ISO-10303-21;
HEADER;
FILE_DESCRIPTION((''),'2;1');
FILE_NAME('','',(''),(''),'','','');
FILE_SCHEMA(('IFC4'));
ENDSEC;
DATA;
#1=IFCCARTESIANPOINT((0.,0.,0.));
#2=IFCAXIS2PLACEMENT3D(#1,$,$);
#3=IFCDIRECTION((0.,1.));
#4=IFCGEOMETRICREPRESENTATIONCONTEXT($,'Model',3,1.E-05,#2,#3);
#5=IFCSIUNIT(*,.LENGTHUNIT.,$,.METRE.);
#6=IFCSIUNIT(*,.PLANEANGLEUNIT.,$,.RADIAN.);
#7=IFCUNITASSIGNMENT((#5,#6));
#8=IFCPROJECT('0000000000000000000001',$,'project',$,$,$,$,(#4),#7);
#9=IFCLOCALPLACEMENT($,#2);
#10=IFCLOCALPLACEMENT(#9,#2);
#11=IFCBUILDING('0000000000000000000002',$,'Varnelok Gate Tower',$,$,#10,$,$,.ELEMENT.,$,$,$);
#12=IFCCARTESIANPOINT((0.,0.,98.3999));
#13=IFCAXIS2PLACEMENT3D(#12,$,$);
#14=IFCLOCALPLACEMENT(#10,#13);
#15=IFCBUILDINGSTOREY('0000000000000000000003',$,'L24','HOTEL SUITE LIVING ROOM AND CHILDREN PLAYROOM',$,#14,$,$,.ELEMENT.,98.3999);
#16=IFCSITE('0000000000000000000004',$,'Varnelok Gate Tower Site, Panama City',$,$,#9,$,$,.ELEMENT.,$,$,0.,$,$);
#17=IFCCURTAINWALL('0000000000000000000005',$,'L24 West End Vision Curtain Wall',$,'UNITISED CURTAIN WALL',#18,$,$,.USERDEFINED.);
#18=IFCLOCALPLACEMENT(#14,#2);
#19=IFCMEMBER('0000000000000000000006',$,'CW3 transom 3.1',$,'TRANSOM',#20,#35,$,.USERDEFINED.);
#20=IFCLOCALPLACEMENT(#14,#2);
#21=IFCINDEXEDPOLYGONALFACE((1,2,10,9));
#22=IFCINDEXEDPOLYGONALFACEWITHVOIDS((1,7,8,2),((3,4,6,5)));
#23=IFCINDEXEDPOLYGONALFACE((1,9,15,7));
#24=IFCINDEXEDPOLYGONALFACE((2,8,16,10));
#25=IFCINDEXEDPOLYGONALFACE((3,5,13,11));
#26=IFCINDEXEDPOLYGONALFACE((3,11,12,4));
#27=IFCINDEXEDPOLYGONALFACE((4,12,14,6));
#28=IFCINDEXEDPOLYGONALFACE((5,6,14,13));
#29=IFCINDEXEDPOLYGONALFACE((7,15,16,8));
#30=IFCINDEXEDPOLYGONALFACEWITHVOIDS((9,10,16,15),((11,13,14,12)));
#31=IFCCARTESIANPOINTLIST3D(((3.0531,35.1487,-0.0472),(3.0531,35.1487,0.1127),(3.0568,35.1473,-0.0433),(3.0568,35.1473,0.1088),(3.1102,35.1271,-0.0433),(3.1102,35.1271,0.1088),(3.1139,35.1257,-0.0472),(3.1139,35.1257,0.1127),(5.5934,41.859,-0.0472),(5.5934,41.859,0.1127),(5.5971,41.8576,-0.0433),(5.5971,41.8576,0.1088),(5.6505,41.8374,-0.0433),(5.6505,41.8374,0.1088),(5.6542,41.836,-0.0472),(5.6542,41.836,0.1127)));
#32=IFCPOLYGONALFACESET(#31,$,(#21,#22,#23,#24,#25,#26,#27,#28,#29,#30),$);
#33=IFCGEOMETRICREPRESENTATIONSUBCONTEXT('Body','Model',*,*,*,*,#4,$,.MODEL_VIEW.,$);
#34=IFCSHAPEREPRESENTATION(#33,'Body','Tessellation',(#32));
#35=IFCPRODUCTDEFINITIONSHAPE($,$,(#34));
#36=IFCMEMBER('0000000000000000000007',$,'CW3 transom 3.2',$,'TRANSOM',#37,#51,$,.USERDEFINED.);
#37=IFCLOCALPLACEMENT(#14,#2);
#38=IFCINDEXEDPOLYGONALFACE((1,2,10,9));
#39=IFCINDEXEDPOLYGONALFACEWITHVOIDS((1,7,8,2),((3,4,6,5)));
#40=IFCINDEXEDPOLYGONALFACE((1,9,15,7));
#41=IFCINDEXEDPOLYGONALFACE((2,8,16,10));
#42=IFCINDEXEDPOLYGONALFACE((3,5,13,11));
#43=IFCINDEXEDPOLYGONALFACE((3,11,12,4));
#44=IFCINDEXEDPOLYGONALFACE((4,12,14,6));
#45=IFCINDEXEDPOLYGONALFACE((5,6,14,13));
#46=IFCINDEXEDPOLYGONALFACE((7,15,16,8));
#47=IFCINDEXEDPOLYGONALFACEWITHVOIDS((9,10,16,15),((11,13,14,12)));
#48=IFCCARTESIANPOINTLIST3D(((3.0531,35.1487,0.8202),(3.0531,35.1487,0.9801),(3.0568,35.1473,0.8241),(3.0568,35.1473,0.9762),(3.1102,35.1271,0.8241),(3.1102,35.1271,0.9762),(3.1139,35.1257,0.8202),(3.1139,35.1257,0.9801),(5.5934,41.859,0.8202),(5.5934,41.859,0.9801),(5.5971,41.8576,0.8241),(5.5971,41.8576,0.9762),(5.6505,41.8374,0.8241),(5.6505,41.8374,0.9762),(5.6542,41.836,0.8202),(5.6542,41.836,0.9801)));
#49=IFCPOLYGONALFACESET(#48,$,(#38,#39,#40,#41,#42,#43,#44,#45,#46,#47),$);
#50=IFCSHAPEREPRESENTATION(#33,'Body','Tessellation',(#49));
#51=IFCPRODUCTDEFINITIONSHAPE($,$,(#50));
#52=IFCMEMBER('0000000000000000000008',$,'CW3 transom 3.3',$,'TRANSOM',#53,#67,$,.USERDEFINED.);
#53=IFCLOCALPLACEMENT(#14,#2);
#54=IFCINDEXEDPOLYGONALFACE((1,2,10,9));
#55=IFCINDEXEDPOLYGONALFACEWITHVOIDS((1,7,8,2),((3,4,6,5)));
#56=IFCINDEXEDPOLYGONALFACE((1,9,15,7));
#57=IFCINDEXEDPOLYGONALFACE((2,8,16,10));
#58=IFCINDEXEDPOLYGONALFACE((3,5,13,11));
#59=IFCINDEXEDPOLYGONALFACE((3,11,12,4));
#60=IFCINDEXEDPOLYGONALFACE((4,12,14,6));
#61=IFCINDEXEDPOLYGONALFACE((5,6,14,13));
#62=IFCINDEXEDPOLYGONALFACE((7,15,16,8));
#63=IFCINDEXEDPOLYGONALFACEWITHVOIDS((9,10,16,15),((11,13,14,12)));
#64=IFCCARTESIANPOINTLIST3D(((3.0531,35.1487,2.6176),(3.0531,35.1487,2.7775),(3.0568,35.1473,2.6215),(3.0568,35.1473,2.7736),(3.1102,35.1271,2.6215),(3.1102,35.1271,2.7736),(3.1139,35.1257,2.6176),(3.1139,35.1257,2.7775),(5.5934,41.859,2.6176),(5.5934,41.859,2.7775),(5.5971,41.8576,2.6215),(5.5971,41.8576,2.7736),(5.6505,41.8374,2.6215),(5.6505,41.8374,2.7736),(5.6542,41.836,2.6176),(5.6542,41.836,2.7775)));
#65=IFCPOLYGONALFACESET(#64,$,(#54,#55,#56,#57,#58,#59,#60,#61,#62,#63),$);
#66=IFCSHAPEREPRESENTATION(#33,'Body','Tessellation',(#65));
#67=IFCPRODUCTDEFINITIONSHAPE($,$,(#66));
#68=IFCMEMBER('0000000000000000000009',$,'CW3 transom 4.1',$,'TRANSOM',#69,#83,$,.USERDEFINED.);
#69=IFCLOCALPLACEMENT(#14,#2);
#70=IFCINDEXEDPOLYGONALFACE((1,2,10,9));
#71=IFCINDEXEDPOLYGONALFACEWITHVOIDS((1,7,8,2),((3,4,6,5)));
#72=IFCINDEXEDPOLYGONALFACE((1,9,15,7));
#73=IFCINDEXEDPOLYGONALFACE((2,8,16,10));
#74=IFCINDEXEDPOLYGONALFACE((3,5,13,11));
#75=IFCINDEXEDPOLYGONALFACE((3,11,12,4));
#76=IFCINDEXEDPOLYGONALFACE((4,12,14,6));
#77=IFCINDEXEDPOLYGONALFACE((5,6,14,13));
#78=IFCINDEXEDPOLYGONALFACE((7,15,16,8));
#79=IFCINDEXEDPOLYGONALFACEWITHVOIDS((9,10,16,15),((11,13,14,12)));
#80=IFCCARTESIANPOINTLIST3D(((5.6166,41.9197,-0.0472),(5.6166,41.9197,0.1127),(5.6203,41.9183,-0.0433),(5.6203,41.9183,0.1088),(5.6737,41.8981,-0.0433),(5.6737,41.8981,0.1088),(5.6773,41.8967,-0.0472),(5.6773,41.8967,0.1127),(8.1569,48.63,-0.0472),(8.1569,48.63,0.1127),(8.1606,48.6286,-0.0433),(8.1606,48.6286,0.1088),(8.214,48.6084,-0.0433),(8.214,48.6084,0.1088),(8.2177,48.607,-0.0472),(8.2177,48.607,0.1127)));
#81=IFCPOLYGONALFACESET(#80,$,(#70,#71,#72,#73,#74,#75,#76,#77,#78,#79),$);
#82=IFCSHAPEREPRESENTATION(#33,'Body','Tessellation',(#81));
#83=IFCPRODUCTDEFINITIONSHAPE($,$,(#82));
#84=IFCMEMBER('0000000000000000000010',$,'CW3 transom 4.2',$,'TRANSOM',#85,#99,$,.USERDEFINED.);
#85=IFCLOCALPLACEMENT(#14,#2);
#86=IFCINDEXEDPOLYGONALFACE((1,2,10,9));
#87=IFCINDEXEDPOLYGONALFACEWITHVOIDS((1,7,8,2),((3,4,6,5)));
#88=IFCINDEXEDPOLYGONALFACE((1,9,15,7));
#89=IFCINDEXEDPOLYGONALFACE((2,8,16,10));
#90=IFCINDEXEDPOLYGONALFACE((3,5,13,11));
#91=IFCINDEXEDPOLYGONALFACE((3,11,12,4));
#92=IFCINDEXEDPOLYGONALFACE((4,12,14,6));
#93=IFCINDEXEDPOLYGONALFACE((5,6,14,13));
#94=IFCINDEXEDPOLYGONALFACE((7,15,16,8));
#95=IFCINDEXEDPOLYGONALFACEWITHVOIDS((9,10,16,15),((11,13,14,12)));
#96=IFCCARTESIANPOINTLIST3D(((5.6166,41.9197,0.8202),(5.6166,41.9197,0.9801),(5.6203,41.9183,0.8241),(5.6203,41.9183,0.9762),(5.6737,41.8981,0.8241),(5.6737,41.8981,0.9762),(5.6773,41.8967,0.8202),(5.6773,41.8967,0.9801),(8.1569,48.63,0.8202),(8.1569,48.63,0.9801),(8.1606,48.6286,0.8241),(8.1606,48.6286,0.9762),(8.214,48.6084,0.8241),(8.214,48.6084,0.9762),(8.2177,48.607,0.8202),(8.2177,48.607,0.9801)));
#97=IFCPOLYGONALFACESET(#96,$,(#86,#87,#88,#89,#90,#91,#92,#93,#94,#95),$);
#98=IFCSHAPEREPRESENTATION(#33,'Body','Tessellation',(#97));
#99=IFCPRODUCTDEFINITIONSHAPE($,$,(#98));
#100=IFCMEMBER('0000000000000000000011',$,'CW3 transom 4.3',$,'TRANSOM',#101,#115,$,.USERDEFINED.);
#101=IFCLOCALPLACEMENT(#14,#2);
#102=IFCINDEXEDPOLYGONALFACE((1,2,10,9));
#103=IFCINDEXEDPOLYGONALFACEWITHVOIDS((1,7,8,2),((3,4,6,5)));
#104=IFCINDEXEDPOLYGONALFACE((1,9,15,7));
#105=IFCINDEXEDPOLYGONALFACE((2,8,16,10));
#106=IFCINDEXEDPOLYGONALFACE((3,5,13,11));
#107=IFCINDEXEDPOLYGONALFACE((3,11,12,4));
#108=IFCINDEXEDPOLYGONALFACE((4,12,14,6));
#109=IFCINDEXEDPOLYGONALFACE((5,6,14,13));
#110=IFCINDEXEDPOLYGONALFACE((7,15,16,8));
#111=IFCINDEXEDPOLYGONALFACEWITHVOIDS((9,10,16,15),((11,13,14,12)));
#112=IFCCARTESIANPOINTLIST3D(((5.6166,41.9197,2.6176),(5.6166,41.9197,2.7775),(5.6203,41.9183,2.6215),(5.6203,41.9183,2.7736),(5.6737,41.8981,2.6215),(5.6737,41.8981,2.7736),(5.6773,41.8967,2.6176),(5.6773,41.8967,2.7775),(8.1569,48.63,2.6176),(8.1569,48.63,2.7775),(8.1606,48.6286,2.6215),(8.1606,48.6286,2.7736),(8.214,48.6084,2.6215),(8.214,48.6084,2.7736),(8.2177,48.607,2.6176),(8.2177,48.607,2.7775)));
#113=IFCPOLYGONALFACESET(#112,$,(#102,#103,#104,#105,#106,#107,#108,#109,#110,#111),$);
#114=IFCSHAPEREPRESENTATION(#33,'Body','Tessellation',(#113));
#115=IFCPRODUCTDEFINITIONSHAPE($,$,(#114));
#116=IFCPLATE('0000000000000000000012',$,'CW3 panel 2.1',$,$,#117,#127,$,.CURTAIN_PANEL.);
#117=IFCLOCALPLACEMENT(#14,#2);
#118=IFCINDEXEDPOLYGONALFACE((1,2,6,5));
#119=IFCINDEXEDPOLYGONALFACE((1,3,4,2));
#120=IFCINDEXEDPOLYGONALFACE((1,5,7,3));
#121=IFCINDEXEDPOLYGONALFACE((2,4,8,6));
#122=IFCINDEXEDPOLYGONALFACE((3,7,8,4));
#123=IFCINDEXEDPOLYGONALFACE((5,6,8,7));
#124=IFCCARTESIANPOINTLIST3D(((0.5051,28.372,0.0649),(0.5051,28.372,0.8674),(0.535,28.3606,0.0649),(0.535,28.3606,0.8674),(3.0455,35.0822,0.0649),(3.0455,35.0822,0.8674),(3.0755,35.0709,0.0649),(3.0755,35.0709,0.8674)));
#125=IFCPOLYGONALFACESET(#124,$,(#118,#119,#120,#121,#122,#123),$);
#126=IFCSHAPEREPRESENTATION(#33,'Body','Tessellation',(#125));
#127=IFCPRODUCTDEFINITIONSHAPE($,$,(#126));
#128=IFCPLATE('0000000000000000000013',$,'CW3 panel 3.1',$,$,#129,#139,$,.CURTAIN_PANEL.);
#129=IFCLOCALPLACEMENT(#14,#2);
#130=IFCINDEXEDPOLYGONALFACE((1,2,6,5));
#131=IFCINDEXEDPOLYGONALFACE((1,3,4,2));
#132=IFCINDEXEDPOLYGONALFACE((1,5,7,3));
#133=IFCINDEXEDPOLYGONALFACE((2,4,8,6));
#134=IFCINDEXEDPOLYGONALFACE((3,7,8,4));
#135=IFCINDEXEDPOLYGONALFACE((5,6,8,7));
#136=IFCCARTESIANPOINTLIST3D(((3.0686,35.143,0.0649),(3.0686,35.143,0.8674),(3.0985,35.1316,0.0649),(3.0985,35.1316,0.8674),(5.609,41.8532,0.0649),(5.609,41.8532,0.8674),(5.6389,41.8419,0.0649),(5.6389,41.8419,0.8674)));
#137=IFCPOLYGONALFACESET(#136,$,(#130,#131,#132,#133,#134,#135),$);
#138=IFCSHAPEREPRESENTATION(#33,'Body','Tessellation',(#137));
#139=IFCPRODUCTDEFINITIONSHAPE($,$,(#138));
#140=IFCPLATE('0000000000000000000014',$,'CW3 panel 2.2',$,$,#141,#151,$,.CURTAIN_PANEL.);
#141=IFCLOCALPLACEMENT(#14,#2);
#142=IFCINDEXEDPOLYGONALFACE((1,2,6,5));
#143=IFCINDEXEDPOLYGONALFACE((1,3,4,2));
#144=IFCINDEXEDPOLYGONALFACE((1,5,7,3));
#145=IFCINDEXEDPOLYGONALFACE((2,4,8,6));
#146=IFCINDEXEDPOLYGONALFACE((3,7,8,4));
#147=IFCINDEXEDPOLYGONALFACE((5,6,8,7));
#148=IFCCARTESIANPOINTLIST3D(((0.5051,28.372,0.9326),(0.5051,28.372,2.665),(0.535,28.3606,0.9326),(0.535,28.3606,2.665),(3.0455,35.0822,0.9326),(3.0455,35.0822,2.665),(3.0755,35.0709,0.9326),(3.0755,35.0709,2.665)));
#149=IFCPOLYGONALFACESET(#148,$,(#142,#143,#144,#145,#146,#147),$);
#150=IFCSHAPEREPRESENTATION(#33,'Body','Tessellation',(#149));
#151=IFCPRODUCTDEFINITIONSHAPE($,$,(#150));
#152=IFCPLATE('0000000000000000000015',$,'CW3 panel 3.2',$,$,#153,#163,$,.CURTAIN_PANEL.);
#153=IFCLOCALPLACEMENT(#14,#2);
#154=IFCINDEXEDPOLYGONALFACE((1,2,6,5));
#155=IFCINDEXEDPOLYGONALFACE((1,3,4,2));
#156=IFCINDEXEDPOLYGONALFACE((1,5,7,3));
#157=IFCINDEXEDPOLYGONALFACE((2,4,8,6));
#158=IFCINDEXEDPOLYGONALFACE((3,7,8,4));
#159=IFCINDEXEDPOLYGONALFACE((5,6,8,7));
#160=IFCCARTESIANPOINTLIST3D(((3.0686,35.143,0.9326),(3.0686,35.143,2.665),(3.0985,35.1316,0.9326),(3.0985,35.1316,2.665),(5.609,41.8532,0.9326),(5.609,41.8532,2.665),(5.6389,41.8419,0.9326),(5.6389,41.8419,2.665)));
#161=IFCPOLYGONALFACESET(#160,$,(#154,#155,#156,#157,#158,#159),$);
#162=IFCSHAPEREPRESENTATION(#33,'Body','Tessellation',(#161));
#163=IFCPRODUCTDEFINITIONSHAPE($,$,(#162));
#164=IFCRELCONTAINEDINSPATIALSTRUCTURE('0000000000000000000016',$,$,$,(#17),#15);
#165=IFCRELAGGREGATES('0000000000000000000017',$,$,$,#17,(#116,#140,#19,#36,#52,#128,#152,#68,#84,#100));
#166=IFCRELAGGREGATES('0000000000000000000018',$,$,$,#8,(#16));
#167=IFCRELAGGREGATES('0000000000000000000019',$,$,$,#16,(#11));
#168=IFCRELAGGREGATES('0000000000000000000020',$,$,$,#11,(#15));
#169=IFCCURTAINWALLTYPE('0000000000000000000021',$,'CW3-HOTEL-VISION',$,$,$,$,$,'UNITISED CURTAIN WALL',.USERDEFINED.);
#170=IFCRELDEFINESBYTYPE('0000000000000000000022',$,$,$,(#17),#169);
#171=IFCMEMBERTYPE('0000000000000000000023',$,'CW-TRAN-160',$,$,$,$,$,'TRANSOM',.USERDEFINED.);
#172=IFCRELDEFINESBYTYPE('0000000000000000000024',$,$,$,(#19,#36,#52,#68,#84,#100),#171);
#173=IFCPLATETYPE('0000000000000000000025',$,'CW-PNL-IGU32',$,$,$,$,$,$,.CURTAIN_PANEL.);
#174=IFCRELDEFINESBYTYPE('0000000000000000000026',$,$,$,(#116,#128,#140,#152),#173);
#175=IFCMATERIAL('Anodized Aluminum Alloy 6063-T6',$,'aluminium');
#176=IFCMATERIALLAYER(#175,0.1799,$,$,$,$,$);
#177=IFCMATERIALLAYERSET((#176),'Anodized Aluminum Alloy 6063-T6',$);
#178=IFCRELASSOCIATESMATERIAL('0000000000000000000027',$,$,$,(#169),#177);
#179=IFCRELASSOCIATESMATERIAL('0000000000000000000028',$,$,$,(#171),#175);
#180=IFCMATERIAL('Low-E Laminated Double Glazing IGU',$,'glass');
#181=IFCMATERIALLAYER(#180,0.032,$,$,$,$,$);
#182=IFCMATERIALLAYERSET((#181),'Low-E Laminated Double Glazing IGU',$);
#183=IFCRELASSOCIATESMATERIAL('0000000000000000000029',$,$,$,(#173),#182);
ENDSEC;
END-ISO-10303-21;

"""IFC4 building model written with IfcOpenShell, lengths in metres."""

from ifc_helpers import new_model, si_unit, direction, frame, origin, origin_2d, place, context, subcontext, project, spatial, rectangle, hollow_rectangle, extrude, source, transform, mapped, material, layer, layer_set, material_profile, profile_set, type_object, element, aggregate, save


model = new_model("IFC4")

# Units and contexts
model_context = context("Model", 3, precision=1e-05, world=origin(), true_north=direction((0.0, 1.0)))
body_context = subcontext(model_context, "Body", "Model", "MODEL_VIEW")
ifc_project = project(units=[si_unit("LENGTHUNIT", "METRE"), si_unit("PLANEANGLEUNIT", "RADIAN")], contexts=[model_context])

# Site, building, storey
site_placement = place(None, origin())
site = spatial("IfcSite", under=ifc_project, at=site_placement, Name="Varnelok Gate Tower Site, Panama City", CompositionType="ELEMENT", RefElevation=0.0)
building_placement = place(site_placement, origin())
building = spatial("IfcBuilding", under=site, at=building_placement, Name="Varnelok Gate Tower", CompositionType="ELEMENT")
storey_placement = place(building_placement, frame((0.0, 0.0, 98.3999)))
storey = spatial("IfcBuildingStorey", under=building, at=storey_placement, Name="L24", Description="HOTEL SUITE LIVING ROOM AND CHILDREN PLAYROOM", CompositionType="ELEMENT", Elevation=98.3999)

# Curtain wall, members, plates
ifc_material_1 = material(Name="Anodized Aluminum Alloy 6063-T6", Category="aluminium")
ifc_layer_1 = layer(ifc_material_1, 0.1799)
ifc_layer_set_1 = layer_set([ifc_layer_1], Name="Anodized Aluminum Alloy 6063-T6")
curtain_wall_type = type_object("IfcCurtainWallType", Name="CW3-HOTEL-VISION", ElementType="UNITISED CURTAIN WALL", PredefinedType="USERDEFINED", material=ifc_layer_set_1)
curtain_wall_placement = place(storey_placement, origin())
curtain_wall = element("IfcCurtainWall", 1, at=curtain_wall_placement, inside=storey, type_object=curtain_wall_type, Name="L24 West End Vision Curtain Wall", ObjectType="UNITISED CURTAIN WALL", PredefinedType="USERDEFINED")
ifc_material_profile_1 = material_profile(ifc_material_1, hollow_rectangle(XDim=0.0649, YDim=0.1599, WallThickness=0.0039, at=origin_2d()), Name="ALU160X65X4")
ifc_profile_set_1 = profile_set([ifc_material_profile_1], Name="Anodized Aluminum Alloy 6063-T6")
member_type_1 = type_object("IfcMemberType", Name="CW-TRAN-160", ElementType="TRANSOM", PredefinedType="USERDEFINED", material=ifc_profile_set_1)
member_1_placement = place(storey_placement, frame((3.0835, 35.1372, 0.0327), z_axis=(0.354049, 0.935227, 0.0), x_axis=(-0.935227, 0.354049, 0.0)))
member_1 = element("IfcMember", 2, at=member_1_placement, type_object=member_type_1, Name="CW3 transom 3.1", ObjectType="TRANSOM", PredefinedType="USERDEFINED", context=body_context, shape_type="SweptSolid", body=[
    extrude(hollow_rectangle(XDim=0.0649, YDim=0.1599, WallThickness=0.0039, at=origin_2d()), origin(), (0.0, 0.0, 1.0), 7.175),
])
member_2_placement = place(storey_placement, frame((3.0835, 35.1372, 0.9001), z_axis=(0.354049, 0.935227, 0.0), x_axis=(-0.935227, 0.354049, 0.0)))
member_2 = element("IfcMember", 3, at=member_2_placement, type_object=member_type_1, Name="CW3 transom 3.2", ObjectType="TRANSOM", PredefinedType="USERDEFINED", context=body_context, shape_type="SweptSolid", body=[
    extrude(hollow_rectangle(XDim=0.0649, YDim=0.1599, WallThickness=0.0039, at=origin_2d()), origin(), (0.0, 0.0, 1.0), 7.175),
])
member_3_placement = place(storey_placement, frame((3.0835, 35.1372, 2.6975), z_axis=(0.354049, 0.935227, 0.0), x_axis=(-0.935227, 0.354049, 0.0)))
member_3 = element("IfcMember", 4, at=member_3_placement, type_object=member_type_1, Name="CW3 transom 3.3", ObjectType="TRANSOM", PredefinedType="USERDEFINED", context=body_context, shape_type="SweptSolid", body=[
    extrude(hollow_rectangle(XDim=0.0649, YDim=0.1599, WallThickness=0.0039, at=origin_2d()), origin(), (0.0, 0.0, 1.0), 7.175),
])
member_4_placement = place(storey_placement, frame((5.647, 41.9082, 0.0327), z_axis=(0.354049, 0.935227, 0.0), x_axis=(-0.935227, 0.354049, 0.0)))
member_4 = element("IfcMember", 5, at=member_4_placement, type_object=member_type_1, Name="CW3 transom 4.1", ObjectType="TRANSOM", PredefinedType="USERDEFINED", context=body_context, shape_type="SweptSolid", body=[
    extrude(hollow_rectangle(XDim=0.0649, YDim=0.1599, WallThickness=0.0039, at=origin_2d()), origin(), (0.0, 0.0, 1.0), 7.175),
])
member_5_placement = place(storey_placement, frame((5.647, 41.9082, 0.9001), z_axis=(0.354049, 0.935227, 0.0), x_axis=(-0.935227, 0.354049, 0.0)))
member_5 = element("IfcMember", 6, at=member_5_placement, type_object=member_type_1, Name="CW3 transom 4.2", ObjectType="TRANSOM", PredefinedType="USERDEFINED", context=body_context, shape_type="SweptSolid", body=[
    extrude(hollow_rectangle(XDim=0.0649, YDim=0.1599, WallThickness=0.0039, at=origin_2d()), origin(), (0.0, 0.0, 1.0), 7.175),
])
member_6_placement = place(storey_placement, frame((5.647, 41.9082, 2.6975), z_axis=(0.354049, 0.935227, 0.0), x_axis=(-0.935227, 0.354049, 0.0)))
member_6 = element("IfcMember", 7, at=member_6_placement, type_object=member_type_1, Name="CW3 transom 4.3", ObjectType="TRANSOM", PredefinedType="USERDEFINED", context=body_context, shape_type="SweptSolid", body=[
    extrude(hollow_rectangle(XDim=0.0649, YDim=0.1599, WallThickness=0.0039, at=origin_2d()), origin(), (0.0, 0.0, 1.0), 7.175),
])
ifc_material_2 = material(Name="Low-E Laminated Double Glazing IGU", Category="glass")
ifc_layer_2 = layer(ifc_material_2, 0.032)
ifc_layer_set_2 = layer_set([ifc_layer_2], Name="Low-E Laminated Double Glazing IGU")
plate_type = type_object("IfcPlateType", Name="CW-PNL-IGU32", PredefinedType="CURTAIN_PANEL", material=ifc_layer_set_2)
shared_shape_1 = source(origin(), body_context, "Body", "SweptSolid", [
    extrude(rectangle(XDim=7.175, YDim=0.032, at=origin_2d()), origin(), (0.0, 0.0, 1.0), 0.8025),
])
plate_1_placement = place(storey_placement, frame((1.7903, 31.7214, 0.0649), z_axis=(0.0, 0.0, 1.0), x_axis=(0.354064, 0.935221, 0.0)))
plate_1 = element("IfcPlate", 8, at=plate_1_placement, type_object=plate_type, Name="CW3 panel 2.1", PredefinedType="CURTAIN_PANEL", context=body_context, shape_type="MappedRepresentation", body=[
    mapped(shared_shape_1, transform((0.0, 0.0, 0.0), scale=1.0)),
])
plate_2_placement = place(storey_placement, frame((4.3538, 38.4924, 0.0649), z_axis=(0.0, 0.0, 1.0), x_axis=(0.354064, 0.935221, 0.0)))
plate_2 = element("IfcPlate", 9, at=plate_2_placement, type_object=plate_type, Name="CW3 panel 3.1", PredefinedType="CURTAIN_PANEL", context=body_context, shape_type="MappedRepresentation", body=[
    mapped(shared_shape_1, transform((0.0, 0.0, 0.0), scale=1.0)),
])
shared_shape_2 = source(origin(), body_context, "Body", "SweptSolid", [
    extrude(rectangle(XDim=7.175, YDim=0.032, at=origin_2d()), origin(), (0.0, 0.0, 1.0), 1.7324),
])
plate_3_placement = place(storey_placement, frame((1.7903, 31.7214, 0.9326), z_axis=(0.0, 0.0, 1.0), x_axis=(0.354064, 0.935221, 0.0)))
plate_3 = element("IfcPlate", 10, at=plate_3_placement, type_object=plate_type, Name="CW3 panel 2.2", PredefinedType="CURTAIN_PANEL", context=body_context, shape_type="MappedRepresentation", body=[
    mapped(shared_shape_2, transform((0.0, 0.0, 0.0), scale=1.0)),
])
plate_4_placement = place(storey_placement, frame((4.3538, 38.4924, 0.9326), z_axis=(0.0, 0.0, 1.0), x_axis=(0.354064, 0.935221, 0.0)))
plate_4 = element("IfcPlate", 11, at=plate_4_placement, type_object=plate_type, Name="CW3 panel 3.2", PredefinedType="CURTAIN_PANEL", context=body_context, shape_type="MappedRepresentation", body=[
    mapped(shared_shape_2, transform((0.0, 0.0, 0.0), scale=1.0)),
])
aggregate(curtain_wall, [plate_1, plate_3, member_1, member_2, member_3, plate_2, plate_4, member_4, member_5, member_6])

save(model, "model.ifc")
